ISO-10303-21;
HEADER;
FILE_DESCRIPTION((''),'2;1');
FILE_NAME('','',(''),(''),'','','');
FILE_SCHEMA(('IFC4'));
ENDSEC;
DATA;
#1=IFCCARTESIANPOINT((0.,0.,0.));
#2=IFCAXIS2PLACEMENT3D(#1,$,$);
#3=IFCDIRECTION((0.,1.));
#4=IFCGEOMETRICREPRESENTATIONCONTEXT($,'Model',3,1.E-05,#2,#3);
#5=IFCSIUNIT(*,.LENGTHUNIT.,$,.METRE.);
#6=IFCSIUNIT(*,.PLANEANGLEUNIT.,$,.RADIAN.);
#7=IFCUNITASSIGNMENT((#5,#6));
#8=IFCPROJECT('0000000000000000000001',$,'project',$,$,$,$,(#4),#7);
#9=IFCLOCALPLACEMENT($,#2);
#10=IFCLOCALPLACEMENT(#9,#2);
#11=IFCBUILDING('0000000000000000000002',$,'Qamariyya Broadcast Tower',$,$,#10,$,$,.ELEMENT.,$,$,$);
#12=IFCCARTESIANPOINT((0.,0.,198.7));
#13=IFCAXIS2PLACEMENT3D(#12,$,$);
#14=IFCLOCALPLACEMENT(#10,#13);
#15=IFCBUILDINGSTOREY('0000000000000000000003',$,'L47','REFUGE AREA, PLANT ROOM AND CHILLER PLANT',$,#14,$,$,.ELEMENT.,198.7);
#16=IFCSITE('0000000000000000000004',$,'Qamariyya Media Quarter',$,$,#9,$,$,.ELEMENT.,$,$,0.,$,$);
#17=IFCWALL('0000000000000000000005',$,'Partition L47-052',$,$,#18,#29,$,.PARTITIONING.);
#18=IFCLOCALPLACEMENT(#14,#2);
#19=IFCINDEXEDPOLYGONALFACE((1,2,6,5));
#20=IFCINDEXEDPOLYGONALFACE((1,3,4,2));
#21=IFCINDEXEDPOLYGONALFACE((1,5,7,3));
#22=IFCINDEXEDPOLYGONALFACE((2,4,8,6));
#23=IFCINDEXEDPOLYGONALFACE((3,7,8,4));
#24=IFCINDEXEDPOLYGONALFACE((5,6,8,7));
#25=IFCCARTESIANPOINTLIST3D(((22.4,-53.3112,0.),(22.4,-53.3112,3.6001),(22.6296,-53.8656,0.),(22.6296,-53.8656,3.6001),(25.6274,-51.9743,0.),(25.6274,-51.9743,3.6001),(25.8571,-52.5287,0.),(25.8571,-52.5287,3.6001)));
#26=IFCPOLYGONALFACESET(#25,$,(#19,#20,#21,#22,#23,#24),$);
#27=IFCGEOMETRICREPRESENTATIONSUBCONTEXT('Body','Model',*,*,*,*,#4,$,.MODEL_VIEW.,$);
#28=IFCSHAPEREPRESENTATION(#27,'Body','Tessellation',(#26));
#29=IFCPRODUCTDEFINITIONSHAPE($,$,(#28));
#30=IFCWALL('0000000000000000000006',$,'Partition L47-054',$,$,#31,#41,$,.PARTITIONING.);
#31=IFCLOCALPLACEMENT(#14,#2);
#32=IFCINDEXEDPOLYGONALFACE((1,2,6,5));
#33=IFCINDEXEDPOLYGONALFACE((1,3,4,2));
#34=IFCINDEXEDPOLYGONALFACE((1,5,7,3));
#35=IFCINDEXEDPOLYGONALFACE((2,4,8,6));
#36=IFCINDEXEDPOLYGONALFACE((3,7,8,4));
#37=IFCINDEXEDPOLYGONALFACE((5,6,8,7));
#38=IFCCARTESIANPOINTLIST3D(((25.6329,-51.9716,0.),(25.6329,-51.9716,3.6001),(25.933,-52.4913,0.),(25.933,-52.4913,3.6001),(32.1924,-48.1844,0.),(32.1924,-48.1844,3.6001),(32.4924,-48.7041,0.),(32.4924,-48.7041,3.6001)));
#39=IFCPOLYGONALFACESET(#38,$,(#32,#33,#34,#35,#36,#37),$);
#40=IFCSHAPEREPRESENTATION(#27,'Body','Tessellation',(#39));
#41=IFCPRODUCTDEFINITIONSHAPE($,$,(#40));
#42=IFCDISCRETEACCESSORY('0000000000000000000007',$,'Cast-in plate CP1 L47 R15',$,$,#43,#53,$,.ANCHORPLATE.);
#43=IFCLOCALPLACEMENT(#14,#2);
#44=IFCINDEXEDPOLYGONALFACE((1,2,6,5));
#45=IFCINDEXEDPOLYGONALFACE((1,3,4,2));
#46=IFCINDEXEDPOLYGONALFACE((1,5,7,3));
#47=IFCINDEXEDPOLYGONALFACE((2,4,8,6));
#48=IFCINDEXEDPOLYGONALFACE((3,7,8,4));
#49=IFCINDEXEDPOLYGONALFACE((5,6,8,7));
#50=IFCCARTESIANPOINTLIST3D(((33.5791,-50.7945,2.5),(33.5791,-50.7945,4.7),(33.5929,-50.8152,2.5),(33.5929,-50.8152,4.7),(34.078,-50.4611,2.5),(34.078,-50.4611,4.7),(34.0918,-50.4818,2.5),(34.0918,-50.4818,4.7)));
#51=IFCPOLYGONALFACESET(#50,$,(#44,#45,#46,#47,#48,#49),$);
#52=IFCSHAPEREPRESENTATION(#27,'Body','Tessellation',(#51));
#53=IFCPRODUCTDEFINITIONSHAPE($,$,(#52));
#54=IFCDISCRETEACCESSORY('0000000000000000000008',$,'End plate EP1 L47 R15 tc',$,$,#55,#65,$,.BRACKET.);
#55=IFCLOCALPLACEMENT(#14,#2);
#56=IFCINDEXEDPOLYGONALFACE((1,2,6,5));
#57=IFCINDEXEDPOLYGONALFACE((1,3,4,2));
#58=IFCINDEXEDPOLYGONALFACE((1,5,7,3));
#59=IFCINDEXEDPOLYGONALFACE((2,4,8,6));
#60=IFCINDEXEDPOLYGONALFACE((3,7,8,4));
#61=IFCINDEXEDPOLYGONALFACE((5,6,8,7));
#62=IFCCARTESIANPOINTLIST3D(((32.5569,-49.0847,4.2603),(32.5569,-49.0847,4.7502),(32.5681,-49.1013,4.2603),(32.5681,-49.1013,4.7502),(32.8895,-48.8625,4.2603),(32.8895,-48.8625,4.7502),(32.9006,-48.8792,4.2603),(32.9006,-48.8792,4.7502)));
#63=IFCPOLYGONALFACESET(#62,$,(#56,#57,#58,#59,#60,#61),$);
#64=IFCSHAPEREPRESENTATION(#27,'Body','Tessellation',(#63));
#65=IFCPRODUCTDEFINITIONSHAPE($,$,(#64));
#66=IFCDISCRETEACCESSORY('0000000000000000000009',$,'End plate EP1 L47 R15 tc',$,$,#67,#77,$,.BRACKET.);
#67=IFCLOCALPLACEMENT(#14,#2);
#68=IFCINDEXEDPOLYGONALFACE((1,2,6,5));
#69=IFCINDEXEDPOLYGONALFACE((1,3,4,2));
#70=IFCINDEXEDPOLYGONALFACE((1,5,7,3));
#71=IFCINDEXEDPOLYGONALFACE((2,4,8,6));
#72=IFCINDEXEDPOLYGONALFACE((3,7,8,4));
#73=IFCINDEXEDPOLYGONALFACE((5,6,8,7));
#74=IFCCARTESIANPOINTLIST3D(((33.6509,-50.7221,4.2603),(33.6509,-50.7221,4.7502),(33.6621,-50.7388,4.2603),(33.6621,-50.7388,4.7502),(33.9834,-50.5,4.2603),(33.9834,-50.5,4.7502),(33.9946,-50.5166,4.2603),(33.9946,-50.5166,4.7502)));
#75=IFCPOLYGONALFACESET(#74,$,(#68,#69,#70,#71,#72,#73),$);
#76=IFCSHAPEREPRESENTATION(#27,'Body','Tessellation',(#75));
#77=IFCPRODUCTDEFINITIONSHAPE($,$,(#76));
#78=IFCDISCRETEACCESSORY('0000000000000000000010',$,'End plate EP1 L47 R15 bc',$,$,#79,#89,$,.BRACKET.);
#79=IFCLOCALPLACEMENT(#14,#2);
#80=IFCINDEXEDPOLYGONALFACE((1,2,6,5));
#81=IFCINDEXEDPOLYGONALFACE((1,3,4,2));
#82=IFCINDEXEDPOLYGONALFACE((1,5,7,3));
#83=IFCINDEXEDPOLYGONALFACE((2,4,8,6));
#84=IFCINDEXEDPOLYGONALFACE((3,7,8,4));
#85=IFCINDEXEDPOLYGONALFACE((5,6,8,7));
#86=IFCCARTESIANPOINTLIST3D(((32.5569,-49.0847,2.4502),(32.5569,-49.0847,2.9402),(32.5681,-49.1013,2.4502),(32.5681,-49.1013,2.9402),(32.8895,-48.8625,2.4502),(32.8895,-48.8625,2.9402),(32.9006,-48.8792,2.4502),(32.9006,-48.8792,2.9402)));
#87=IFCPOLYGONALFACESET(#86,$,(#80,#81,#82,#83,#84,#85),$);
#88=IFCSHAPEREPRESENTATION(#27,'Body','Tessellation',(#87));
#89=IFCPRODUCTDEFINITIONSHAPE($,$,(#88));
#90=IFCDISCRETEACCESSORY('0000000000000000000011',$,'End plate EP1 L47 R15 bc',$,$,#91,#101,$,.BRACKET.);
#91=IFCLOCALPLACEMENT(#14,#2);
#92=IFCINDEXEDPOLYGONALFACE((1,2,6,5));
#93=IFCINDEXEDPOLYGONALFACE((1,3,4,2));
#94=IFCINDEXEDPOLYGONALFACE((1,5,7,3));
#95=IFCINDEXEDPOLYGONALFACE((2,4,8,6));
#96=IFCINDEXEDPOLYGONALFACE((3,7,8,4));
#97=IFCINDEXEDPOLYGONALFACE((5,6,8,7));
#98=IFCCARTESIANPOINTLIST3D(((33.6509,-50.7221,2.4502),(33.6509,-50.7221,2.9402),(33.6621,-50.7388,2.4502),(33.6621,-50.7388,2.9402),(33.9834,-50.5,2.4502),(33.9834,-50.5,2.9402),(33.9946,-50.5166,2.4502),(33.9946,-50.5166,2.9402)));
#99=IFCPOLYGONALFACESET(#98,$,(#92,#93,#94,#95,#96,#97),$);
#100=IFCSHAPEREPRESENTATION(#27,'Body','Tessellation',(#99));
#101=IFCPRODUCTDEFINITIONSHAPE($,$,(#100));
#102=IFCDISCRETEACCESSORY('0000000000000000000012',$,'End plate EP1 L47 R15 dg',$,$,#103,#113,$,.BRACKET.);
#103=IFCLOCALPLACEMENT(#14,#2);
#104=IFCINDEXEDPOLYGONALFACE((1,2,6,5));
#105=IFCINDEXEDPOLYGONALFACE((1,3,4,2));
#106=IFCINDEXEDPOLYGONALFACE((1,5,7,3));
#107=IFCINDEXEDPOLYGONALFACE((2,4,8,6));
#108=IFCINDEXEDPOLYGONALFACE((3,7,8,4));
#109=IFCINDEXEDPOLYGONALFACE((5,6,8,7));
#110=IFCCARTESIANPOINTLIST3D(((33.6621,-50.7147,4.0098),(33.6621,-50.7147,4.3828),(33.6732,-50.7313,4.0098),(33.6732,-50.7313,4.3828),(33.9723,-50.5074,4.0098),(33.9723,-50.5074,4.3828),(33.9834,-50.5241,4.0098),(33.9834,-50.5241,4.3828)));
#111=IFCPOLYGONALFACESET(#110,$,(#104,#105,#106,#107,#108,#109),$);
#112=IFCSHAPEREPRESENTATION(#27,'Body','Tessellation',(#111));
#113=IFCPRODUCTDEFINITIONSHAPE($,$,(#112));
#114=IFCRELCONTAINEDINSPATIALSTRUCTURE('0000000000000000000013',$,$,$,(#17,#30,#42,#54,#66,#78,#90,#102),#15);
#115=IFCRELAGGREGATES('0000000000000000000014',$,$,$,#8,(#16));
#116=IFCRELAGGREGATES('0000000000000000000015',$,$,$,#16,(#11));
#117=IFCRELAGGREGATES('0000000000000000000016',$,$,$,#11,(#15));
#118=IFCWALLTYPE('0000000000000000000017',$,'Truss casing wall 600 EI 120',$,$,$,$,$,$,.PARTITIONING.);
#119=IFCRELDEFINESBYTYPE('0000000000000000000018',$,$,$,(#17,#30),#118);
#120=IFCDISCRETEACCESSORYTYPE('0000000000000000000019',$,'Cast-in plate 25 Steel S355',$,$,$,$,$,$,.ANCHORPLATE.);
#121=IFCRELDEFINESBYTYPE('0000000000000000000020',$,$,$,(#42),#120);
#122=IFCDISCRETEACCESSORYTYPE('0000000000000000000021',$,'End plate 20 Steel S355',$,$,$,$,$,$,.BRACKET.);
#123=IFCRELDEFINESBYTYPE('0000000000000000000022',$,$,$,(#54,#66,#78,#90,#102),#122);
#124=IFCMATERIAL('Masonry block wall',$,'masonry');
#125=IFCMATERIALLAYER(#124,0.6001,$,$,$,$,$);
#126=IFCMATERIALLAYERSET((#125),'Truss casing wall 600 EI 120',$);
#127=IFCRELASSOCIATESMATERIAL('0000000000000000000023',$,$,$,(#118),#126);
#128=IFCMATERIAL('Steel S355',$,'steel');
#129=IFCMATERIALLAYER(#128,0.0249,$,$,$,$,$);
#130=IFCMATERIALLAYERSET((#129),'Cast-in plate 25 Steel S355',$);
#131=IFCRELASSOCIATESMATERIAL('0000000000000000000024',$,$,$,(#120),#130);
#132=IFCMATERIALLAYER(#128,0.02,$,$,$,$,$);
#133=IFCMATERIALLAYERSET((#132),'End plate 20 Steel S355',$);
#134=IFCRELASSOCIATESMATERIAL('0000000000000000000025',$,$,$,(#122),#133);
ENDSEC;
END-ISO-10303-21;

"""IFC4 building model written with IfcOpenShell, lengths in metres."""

from ifc_helpers import new_model, si_unit, direction, frame, frame_2d, origin, origin_2d, place, context, subcontext, project, spatial, rectangle, extrude, material, layer, layer_set, type_object, element, save


model = new_model("IFC4")

# Units and contexts
model_context = context("Model", 3, precision=1e-05, world=origin(), true_north=direction((0.0, 1.0)))
body_context = subcontext(model_context, "Body", "Model", "MODEL_VIEW")
ifc_project = project(units=[si_unit("LENGTHUNIT", "METRE"), si_unit("PLANEANGLEUNIT", "RADIAN")], contexts=[model_context])

# Site, building, storey
site_placement = place(None, origin())
site = spatial("IfcSite", under=ifc_project, at=site_placement, Name="Qamariyya Media Quarter", CompositionType="ELEMENT", RefElevation=0.0)
building_placement = place(site_placement, origin())
building = spatial("IfcBuilding", under=site, at=building_placement, Name="Qamariyya Broadcast Tower", CompositionType="ELEMENT")
storey_placement = place(building_placement, frame((0.0, 0.0, 198.7)))
storey = spatial("IfcBuildingStorey", under=building, at=storey_placement, Name="L47", Description="REFUGE AREA, PLANT ROOM AND CHILLER PLANT", CompositionType="ELEMENT", Elevation=198.7)

# Shared definitions
ifc_material_1 = material(Name="Steel S355", Category="steel")

# Walls
ifc_material_2 = material(Name="Masonry block wall", Category="masonry")
ifc_layer_1 = layer(ifc_material_2, 0.6001)
ifc_layer_set_1 = layer_set([ifc_layer_1], Name="Truss casing wall 600 EI 120")
wall_type_1 = type_object("IfcWallType", Name="Truss casing wall 600 EI 120", PredefinedType="PARTITIONING", material=ifc_layer_set_1)
wall_1_placement = place(storey_placement, frame((22.5149, -53.5884, 0.0), z_axis=(0.0, 0.0, 1.0), x_axis=(0.923877, 0.382689, 0.0)))
element("IfcWall", 1, at=wall_1_placement, inside=storey, type_object=wall_type_1, Name="Partition L47-052", PredefinedType="PARTITIONING", context=body_context, shape_type="SweptSolid", body=[
    extrude(rectangle(XDim=3.4934, YDim=0.6001, at=frame_2d((1.7466, 0.0))), origin(), (0.0, 0.0, 1.0), 3.6001),
])
wall_2_placement = place(storey_placement, frame((25.783, -52.2314, 0.0), z_axis=(0.0, 0.0, 1.0), x_axis=(0.866021, 0.500008, 0.0)))
element("IfcWall", 2, at=wall_2_placement, inside=storey, type_object=wall_type_1, Name="Partition L47-054", PredefinedType="PARTITIONING", context=body_context, shape_type="SweptSolid", body=[
    extrude(rectangle(XDim=7.5742, YDim=0.6001, at=frame_2d((3.7871, 0.0))), origin(), (0.0, 0.0, 1.0), 3.6001),
])

# Discrete accessories
ifc_layer_2 = layer(ifc_material_1, 0.0249)
ifc_layer_set_2 = layer_set([ifc_layer_2], Name="Cast-in plate 25 Steel S355")
discrete_accessory_type_1 = type_object("IfcDiscreteAccessoryType", Name="Cast-in plate 25 Steel S355", PredefinedType="ANCHORPLATE", material=ifc_layer_set_2)
discrete_accessory_1_placement = place(storey_placement, frame((33.8354, -50.6382, 2.5), z_axis=(0.0, 0.0, 1.0), x_axis=(-0.83147, -0.55557, 0.0)))
element("IfcDiscreteAccessory", 3, at=discrete_accessory_1_placement, inside=storey, type_object=discrete_accessory_type_1, Name="Cast-in plate CP1 L47 R15", PredefinedType="ANCHORPLATE", context=body_context, shape_type="SweptSolid", body=[
    extrude(rectangle(XDim=0.6001, YDim=0.0249, at=origin_2d()), origin(), (0.0, 0.0, 1.0), 2.2),
])
ifc_layer_3 = layer(ifc_material_1, 0.02)
ifc_layer_set_3 = layer_set([ifc_layer_3], Name="End plate 20 Steel S355")
discrete_accessory_type_2 = type_object("IfcDiscreteAccessoryType", Name="End plate 20 Steel S355", PredefinedType="BRACKET", material=ifc_layer_set_3)
for number, where, z_axis, x_axis, name in (
    (4, (32.7288, -48.9819, 4.2603), (0.0, 0.0, 1.0), (-0.83147, -0.55557, 0.0), "End plate EP1 L47 R15 tc"),
    (5, (33.8228, -50.6194, 4.2603), (0.0, 0.0, 1.0), (-0.83147, -0.55557, 0.0), "End plate EP1 L47 R15 tc"),
    (6, (32.7288, -48.9819, 2.4502), (0.0, 0.0, 1.0), (-0.83147, -0.55557, 0.0), "End plate EP1 L47 R15 bc"),
    (7, (33.8228, -50.6194, 2.4502), (0.0, 0.0, 1.0), (-0.83147, -0.55557, 0.0), "End plate EP1 L47 R15 bc"),
):
    element("IfcDiscreteAccessory", number, at=place(storey_placement, frame(where, z_axis=z_axis, x_axis=x_axis)), inside=storey, type_object=discrete_accessory_type_2, Name=name, PredefinedType="BRACKET", context=body_context, shape_type="SweptSolid", body=[
        extrude(rectangle(XDim=0.3999, YDim=0.02, at=origin_2d()), origin(), (0.0, 0.0, 1.0), 0.49),
    ])
discrete_accessory_2_placement = place(storey_placement, frame((33.8228, -50.6194, 4.0098), z_axis=(0.0, 0.0, 1.0), x_axis=(-0.83147, -0.55557, 0.0)))
element("IfcDiscreteAccessory", 8, at=discrete_accessory_2_placement, inside=storey, type_object=discrete_accessory_type_2, Name="End plate EP1 L47 R15 dg", PredefinedType="BRACKET", context=body_context, shape_type="SweptSolid", body=[
    extrude(rectangle(XDim=0.373, YDim=0.02, at=origin_2d()), origin(), (0.0, 0.0, 1.0), 0.373),
])

save(model, "model.ifc")
